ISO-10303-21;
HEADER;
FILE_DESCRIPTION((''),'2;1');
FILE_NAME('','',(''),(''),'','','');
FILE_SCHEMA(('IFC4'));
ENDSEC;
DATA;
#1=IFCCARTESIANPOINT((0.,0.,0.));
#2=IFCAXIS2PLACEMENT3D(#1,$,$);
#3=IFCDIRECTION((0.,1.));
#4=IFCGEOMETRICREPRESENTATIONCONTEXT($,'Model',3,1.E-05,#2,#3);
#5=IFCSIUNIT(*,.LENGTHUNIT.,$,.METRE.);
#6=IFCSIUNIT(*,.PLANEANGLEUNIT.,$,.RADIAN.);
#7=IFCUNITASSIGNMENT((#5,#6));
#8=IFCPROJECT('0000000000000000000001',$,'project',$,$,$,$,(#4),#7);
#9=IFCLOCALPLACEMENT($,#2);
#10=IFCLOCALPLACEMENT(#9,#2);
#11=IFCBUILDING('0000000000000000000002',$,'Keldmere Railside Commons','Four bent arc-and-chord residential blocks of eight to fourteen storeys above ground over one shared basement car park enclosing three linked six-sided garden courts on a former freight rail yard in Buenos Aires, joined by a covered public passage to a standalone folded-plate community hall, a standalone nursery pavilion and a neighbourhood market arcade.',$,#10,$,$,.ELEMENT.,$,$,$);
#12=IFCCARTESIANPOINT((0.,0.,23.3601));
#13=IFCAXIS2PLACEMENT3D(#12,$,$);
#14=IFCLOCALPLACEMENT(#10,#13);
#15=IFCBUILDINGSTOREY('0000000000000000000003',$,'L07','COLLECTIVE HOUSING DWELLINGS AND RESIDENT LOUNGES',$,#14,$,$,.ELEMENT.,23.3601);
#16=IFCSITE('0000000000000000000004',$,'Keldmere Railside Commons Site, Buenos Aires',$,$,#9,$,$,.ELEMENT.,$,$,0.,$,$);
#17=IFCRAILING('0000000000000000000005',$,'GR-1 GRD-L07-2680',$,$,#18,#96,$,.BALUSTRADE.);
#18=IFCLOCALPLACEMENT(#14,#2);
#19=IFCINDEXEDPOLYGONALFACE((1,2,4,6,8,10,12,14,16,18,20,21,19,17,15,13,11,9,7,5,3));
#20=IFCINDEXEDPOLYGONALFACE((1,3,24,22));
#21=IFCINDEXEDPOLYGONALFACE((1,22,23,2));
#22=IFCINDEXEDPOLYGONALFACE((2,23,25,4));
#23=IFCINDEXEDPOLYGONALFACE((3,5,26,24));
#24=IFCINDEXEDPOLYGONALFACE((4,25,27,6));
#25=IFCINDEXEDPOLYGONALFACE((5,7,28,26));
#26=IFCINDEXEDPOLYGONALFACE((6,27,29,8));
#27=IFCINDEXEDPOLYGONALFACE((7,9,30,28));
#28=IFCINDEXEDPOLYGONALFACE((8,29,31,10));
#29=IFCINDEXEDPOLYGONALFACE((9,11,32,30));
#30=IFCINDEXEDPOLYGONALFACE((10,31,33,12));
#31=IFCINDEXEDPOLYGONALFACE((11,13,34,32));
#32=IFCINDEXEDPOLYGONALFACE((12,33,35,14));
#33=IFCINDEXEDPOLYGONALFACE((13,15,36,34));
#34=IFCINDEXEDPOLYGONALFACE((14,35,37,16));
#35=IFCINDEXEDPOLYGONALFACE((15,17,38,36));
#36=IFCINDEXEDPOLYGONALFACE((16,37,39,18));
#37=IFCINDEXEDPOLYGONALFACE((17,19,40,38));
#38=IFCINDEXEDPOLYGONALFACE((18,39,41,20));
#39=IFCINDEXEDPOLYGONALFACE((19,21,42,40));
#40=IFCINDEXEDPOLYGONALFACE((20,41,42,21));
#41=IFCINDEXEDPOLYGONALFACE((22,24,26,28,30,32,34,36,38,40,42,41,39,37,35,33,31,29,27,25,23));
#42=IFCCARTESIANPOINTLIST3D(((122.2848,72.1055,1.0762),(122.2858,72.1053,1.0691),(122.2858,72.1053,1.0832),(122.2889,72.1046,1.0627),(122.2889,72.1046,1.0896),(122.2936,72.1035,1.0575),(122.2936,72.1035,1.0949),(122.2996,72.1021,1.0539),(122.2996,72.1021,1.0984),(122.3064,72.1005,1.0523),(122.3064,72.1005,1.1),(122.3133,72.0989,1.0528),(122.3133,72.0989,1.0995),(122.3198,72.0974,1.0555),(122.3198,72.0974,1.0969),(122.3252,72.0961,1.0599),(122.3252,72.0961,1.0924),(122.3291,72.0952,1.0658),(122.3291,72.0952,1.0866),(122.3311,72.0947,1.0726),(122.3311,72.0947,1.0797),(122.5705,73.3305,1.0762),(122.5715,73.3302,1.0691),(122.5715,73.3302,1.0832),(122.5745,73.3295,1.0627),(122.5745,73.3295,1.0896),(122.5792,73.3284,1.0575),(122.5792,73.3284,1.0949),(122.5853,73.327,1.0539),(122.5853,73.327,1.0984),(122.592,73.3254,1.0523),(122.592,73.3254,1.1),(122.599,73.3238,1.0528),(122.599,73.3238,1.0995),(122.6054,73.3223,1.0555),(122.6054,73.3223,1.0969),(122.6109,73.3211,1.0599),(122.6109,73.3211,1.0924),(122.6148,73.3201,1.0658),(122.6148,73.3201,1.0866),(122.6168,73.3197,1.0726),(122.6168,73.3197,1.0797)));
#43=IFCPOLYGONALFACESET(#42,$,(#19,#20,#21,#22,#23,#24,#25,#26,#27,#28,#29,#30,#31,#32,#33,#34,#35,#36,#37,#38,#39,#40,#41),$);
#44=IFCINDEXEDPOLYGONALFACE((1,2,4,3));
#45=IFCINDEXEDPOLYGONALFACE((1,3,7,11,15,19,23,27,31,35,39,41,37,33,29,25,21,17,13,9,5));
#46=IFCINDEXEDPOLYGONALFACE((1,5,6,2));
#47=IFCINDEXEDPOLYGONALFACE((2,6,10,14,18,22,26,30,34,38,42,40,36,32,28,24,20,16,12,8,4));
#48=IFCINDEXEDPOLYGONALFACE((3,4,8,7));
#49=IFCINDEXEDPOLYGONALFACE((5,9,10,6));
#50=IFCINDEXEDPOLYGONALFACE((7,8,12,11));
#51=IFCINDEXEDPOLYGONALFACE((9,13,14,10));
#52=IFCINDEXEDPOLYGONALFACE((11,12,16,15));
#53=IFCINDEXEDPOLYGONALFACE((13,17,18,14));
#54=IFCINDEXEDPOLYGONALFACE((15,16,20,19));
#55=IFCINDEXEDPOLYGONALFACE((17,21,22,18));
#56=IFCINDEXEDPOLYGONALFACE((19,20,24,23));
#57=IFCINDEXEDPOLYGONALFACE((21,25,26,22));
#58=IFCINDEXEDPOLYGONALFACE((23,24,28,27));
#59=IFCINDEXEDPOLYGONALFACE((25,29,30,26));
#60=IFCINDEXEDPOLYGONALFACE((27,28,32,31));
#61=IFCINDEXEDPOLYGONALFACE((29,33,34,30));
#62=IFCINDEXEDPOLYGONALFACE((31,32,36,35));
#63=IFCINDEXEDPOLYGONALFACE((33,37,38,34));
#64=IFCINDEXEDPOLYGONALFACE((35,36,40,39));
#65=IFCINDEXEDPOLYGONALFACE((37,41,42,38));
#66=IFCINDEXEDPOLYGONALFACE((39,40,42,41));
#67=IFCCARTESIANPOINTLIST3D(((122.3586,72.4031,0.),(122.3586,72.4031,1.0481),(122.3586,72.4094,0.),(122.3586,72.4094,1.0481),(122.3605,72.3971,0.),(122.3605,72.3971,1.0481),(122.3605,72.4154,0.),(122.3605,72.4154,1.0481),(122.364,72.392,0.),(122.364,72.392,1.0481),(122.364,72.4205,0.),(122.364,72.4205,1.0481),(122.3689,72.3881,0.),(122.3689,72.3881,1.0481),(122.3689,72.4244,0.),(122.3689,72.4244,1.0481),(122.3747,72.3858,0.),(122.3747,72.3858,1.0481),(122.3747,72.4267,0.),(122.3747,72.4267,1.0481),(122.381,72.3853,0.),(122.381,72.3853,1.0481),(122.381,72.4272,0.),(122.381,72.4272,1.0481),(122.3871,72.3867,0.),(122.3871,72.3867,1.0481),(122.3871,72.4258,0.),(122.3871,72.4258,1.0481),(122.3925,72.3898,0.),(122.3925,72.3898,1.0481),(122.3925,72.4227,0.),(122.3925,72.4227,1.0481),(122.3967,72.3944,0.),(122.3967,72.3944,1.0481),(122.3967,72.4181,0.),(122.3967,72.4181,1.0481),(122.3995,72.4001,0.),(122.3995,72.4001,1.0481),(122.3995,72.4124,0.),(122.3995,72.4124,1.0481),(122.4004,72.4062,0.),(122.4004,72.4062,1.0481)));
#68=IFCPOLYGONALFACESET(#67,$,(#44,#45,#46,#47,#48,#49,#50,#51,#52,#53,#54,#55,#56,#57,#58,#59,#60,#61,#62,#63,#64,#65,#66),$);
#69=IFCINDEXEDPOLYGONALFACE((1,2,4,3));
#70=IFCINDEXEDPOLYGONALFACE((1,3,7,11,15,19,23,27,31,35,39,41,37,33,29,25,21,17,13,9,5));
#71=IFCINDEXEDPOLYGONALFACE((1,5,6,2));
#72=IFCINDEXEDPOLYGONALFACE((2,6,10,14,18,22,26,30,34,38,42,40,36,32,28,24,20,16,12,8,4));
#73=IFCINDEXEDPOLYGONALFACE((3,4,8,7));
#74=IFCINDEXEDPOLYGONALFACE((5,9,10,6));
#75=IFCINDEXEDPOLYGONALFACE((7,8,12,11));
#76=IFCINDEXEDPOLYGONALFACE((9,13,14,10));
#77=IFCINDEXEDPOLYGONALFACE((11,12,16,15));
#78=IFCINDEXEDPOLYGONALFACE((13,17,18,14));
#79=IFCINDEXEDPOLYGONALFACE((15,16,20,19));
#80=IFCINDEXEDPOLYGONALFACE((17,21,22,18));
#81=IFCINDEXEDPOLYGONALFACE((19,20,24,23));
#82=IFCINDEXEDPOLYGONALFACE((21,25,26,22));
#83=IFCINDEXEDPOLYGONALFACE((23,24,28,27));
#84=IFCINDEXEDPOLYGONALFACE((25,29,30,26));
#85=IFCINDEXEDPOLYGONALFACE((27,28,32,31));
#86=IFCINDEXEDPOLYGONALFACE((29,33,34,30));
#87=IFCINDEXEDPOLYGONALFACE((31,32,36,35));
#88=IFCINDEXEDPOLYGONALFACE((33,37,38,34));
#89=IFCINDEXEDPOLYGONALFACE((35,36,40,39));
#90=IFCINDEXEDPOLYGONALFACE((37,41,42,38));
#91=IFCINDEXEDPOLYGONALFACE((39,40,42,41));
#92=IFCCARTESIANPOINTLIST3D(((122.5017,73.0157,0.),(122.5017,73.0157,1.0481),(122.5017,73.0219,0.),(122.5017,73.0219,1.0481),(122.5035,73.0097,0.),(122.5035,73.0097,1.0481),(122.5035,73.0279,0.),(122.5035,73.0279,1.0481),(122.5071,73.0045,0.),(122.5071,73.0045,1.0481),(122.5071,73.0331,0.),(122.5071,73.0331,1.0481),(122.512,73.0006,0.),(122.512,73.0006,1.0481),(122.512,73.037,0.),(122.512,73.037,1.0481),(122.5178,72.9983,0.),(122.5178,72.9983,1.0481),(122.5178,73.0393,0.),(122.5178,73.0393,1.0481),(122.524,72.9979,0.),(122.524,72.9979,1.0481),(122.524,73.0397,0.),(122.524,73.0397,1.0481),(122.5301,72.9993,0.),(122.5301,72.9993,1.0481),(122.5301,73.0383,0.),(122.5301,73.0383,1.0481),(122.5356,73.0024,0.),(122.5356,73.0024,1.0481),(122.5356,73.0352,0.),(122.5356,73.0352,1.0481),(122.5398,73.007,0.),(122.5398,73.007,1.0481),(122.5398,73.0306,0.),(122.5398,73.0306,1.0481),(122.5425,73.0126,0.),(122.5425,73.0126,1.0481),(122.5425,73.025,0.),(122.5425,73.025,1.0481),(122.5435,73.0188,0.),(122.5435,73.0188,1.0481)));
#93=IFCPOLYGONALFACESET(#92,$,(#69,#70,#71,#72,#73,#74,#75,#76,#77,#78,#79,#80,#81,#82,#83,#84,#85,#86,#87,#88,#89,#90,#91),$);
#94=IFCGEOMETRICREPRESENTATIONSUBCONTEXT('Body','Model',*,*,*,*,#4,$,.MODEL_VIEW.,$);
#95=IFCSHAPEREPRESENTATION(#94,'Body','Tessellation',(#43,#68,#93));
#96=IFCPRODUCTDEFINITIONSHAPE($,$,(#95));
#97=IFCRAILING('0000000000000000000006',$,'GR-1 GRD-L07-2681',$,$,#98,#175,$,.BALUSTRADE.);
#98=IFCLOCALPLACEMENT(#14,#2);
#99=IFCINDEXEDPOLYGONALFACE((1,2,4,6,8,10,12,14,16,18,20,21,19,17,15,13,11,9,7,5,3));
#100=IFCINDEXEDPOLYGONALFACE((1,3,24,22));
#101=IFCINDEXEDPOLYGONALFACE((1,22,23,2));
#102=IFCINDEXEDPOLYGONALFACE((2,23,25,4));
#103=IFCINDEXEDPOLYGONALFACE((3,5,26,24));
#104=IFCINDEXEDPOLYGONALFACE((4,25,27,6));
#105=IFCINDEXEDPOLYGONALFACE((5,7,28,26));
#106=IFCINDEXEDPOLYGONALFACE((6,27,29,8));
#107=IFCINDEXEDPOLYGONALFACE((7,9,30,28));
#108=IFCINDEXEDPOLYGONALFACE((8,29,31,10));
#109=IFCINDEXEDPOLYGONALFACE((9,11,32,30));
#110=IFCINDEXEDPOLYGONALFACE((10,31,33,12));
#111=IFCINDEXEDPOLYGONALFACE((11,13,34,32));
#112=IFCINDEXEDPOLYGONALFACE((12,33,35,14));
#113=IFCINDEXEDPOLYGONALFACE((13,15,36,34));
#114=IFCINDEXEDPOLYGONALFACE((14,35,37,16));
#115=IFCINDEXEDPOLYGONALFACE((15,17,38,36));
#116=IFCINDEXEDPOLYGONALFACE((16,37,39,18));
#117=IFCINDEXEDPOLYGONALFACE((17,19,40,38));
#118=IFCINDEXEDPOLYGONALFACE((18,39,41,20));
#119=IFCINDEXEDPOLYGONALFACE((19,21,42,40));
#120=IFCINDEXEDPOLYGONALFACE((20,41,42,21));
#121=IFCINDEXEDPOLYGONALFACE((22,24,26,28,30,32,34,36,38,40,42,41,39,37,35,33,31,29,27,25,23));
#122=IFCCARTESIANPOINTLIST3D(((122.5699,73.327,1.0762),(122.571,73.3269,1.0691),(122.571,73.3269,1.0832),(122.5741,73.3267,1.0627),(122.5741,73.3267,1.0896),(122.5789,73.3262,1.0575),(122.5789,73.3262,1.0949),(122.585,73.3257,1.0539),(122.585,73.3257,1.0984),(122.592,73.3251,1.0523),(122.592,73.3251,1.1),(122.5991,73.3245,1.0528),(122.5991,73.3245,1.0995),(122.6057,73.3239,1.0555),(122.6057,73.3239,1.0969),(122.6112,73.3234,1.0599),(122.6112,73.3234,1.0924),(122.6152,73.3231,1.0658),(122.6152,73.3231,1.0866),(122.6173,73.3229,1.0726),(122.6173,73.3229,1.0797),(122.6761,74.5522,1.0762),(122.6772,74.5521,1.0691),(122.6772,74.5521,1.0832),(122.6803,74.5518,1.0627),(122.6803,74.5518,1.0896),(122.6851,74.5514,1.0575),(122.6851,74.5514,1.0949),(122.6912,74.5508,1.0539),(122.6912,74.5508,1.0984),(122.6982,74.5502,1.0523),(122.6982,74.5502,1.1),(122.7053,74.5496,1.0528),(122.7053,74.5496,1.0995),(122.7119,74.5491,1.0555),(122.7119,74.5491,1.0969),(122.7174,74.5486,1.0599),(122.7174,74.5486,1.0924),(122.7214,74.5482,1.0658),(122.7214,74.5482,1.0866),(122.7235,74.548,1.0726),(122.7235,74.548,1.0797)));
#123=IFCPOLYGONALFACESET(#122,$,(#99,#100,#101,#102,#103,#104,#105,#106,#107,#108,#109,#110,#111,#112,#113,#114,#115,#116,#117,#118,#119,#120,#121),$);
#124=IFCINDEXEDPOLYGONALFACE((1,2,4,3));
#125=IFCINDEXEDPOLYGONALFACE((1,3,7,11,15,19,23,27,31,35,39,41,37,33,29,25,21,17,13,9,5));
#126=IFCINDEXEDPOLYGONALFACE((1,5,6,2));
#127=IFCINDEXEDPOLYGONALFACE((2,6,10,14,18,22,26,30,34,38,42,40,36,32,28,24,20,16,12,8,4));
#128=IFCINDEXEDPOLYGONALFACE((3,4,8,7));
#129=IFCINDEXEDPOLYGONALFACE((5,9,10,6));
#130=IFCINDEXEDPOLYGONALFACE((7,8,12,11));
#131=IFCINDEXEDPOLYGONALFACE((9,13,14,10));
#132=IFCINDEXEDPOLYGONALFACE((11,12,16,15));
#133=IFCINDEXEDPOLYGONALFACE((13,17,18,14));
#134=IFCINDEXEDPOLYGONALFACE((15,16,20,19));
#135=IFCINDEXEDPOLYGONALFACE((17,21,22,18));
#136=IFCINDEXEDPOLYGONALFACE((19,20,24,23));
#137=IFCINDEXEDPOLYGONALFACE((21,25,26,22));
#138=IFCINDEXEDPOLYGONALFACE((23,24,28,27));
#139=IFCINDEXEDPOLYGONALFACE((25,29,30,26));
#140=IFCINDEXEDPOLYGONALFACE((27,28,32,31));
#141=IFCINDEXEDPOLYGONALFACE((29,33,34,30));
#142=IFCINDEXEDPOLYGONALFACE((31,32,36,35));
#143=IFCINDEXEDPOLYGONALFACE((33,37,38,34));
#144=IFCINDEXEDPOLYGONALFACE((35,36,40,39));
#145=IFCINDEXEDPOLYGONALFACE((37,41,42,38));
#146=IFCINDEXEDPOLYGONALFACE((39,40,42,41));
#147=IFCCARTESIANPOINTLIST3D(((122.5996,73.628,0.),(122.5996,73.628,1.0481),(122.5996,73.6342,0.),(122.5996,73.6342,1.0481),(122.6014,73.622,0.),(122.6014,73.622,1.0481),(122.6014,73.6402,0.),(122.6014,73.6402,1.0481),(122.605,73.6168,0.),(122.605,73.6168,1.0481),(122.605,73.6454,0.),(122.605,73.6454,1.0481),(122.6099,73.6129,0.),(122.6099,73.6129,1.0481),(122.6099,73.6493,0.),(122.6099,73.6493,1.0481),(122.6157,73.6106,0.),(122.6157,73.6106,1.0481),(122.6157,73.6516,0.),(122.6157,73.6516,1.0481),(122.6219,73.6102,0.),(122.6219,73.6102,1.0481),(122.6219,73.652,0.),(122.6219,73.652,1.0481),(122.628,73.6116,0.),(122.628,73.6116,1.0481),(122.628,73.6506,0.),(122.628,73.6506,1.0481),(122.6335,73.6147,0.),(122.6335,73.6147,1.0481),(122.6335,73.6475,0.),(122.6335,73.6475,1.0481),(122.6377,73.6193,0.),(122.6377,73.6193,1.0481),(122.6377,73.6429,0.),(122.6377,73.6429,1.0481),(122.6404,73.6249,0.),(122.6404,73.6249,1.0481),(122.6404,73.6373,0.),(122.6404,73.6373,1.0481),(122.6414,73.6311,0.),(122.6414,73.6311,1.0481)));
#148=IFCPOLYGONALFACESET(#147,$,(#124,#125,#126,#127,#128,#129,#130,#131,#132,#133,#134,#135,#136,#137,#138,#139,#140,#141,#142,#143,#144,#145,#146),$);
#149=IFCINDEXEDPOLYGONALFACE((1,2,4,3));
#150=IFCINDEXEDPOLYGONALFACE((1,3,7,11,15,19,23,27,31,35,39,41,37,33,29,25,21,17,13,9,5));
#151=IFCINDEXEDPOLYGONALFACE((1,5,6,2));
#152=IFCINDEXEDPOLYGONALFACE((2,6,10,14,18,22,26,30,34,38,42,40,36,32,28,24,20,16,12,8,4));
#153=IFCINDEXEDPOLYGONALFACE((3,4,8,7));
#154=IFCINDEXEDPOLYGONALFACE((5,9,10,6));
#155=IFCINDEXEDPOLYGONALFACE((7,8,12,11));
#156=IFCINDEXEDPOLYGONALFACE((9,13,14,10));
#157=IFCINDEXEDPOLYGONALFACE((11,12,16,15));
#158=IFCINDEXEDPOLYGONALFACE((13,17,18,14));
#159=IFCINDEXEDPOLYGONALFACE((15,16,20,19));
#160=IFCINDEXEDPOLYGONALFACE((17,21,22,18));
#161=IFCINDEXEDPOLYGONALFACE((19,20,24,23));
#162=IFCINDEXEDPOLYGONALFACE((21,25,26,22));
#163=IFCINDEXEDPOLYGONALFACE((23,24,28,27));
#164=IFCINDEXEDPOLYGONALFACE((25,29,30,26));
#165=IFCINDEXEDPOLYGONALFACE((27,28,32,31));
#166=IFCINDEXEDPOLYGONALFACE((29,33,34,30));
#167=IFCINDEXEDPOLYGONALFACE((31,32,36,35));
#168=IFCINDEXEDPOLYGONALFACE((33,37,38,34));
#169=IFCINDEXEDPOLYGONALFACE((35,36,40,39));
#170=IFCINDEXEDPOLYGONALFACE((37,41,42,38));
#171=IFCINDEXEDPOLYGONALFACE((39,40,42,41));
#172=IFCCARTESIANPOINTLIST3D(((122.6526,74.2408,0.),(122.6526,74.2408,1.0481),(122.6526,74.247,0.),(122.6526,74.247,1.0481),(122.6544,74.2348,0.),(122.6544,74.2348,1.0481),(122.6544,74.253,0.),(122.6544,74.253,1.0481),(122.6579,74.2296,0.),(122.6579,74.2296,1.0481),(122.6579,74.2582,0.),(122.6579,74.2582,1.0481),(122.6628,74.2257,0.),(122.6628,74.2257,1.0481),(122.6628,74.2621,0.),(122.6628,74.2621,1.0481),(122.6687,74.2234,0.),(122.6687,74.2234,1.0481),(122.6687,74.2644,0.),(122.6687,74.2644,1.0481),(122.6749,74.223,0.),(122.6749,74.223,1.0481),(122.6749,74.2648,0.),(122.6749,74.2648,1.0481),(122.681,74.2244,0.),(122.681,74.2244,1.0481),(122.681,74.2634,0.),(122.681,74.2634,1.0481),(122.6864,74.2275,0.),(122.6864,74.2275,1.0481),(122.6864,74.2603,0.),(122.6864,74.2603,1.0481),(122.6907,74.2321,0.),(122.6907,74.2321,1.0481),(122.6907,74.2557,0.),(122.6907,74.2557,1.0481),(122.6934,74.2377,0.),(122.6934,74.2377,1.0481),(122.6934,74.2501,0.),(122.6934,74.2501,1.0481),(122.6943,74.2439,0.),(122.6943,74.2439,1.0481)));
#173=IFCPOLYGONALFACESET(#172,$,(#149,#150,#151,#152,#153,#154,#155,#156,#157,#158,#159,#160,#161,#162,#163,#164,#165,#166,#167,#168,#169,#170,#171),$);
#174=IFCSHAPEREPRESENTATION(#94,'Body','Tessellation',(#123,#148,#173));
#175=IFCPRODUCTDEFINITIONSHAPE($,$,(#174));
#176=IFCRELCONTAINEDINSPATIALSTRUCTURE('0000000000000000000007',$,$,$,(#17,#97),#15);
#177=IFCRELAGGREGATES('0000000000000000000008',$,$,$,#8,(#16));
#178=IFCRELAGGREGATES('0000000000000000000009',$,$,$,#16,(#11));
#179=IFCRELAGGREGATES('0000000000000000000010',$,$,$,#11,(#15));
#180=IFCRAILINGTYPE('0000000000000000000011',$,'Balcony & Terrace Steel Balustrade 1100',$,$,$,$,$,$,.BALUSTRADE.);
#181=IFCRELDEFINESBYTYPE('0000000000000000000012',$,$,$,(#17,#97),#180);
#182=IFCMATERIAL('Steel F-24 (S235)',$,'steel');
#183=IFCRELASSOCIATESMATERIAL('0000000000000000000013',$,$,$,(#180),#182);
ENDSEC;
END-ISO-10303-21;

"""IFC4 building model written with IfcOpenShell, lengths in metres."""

from ifc_helpers import new_model, si_unit, direction, frame, origin, origin_2d, place, context, subcontext, project, spatial, circle, extrude, material, type_object, element, save


model = new_model("IFC4")

# Units and contexts
model_context = context("Model", 3, precision=1e-05, world=origin(), true_north=direction((0.0, 1.0)))
body_context = subcontext(model_context, "Body", "Model", "MODEL_VIEW")
ifc_project = project(units=[si_unit("LENGTHUNIT", "METRE"), si_unit("PLANEANGLEUNIT", "RADIAN")], contexts=[model_context])

# Site, building, storey
site_placement = place(None, origin())
site = spatial("IfcSite", under=ifc_project, at=site_placement, Name="Keldmere Railside Commons Site, Buenos Aires", CompositionType="ELEMENT", RefElevation=0.0)
building_placement = place(site_placement, origin())
building = spatial("IfcBuilding", under=site, at=building_placement, Name="Keldmere Railside Commons", Description="Four bent arc-and-chord residential blocks of eight to fourteen storeys above ground over one shared basement car park enclosing three linked six-sided garden courts on a former freight rail yard in Buenos Aires, joined by a covered public passage to a standalone folded-plate community hall, a standalone nursery pavilion and a neighbourhood market arcade.", CompositionType="ELEMENT")
storey_placement = place(building_placement, frame((0.0, 0.0, 23.3601)))
storey = spatial("IfcBuildingStorey", under=building, at=storey_placement, Name="L07", Description="COLLECTIVE HOUSING DWELLINGS AND RESIDENT LOUNGES", CompositionType="ELEMENT", Elevation=23.3601)

# Railings
ifc_material_1 = material(Name="Steel F-24 (S235)", Category="steel")
railing_type_1 = type_object("IfcRailingType", Name="Balcony & Terrace Steel Balustrade 1100", PredefinedType="BALUSTRADE", material=ifc_material_1)
railing_1_placement = place(storey_placement, frame((122.3081, 72.1001, 0.0)))
element("IfcRailing", 1, at=railing_1_placement, inside=storey, type_object=railing_type_1, Name="GR-1 GRD-L07-2680", PredefinedType="BALUSTRADE", context=body_context, shape_type="SweptSolid", body=[
    extrude(circle(Radius=0.0239, at=origin_2d()), frame((0.0, 0.0, 1.0762), z_axis=(0.227113, 0.973868, 0.0), x_axis=(-0.973868, 0.227113, 0.0)), (0.0, 0.0, 1.0), 1.2578),
    extrude(circle(Radius=0.021, at=origin_2d()), frame((0.0713, 0.3062, 0.0)), (0.0, 0.0, 1.0), 1.0481),
    extrude(circle(Radius=0.021, at=origin_2d()), frame((0.2144, 0.9187, 0.0)), (0.0, 0.0, 1.0), 1.0481),
])
railing_2_placement = place(storey_placement, frame((122.5938, 73.325, 0.0)))
element("IfcRailing", 2, at=railing_2_placement, inside=storey, type_object=railing_type_1, Name="GR-1 GRD-L07-2681", PredefinedType="BALUSTRADE", context=body_context, shape_type="SweptSolid", body=[
    extrude(circle(Radius=0.0239, at=origin_2d()), frame((0.0, 0.0, 1.0762), z_axis=(0.086364, 0.996264, 0.0), x_axis=(-0.996264, 0.086364, 0.0)), (0.0, 0.0, 1.0), 1.2297),
    extrude(circle(Radius=0.021, at=origin_2d()), frame((0.0266, 0.3062, 0.0)), (0.0, 0.0, 1.0), 1.0481),
    extrude(circle(Radius=0.021, at=origin_2d()), frame((0.0796, 0.9189, 0.0)), (0.0, 0.0, 1.0), 1.0481),
])

save(model, "model.ifc")
